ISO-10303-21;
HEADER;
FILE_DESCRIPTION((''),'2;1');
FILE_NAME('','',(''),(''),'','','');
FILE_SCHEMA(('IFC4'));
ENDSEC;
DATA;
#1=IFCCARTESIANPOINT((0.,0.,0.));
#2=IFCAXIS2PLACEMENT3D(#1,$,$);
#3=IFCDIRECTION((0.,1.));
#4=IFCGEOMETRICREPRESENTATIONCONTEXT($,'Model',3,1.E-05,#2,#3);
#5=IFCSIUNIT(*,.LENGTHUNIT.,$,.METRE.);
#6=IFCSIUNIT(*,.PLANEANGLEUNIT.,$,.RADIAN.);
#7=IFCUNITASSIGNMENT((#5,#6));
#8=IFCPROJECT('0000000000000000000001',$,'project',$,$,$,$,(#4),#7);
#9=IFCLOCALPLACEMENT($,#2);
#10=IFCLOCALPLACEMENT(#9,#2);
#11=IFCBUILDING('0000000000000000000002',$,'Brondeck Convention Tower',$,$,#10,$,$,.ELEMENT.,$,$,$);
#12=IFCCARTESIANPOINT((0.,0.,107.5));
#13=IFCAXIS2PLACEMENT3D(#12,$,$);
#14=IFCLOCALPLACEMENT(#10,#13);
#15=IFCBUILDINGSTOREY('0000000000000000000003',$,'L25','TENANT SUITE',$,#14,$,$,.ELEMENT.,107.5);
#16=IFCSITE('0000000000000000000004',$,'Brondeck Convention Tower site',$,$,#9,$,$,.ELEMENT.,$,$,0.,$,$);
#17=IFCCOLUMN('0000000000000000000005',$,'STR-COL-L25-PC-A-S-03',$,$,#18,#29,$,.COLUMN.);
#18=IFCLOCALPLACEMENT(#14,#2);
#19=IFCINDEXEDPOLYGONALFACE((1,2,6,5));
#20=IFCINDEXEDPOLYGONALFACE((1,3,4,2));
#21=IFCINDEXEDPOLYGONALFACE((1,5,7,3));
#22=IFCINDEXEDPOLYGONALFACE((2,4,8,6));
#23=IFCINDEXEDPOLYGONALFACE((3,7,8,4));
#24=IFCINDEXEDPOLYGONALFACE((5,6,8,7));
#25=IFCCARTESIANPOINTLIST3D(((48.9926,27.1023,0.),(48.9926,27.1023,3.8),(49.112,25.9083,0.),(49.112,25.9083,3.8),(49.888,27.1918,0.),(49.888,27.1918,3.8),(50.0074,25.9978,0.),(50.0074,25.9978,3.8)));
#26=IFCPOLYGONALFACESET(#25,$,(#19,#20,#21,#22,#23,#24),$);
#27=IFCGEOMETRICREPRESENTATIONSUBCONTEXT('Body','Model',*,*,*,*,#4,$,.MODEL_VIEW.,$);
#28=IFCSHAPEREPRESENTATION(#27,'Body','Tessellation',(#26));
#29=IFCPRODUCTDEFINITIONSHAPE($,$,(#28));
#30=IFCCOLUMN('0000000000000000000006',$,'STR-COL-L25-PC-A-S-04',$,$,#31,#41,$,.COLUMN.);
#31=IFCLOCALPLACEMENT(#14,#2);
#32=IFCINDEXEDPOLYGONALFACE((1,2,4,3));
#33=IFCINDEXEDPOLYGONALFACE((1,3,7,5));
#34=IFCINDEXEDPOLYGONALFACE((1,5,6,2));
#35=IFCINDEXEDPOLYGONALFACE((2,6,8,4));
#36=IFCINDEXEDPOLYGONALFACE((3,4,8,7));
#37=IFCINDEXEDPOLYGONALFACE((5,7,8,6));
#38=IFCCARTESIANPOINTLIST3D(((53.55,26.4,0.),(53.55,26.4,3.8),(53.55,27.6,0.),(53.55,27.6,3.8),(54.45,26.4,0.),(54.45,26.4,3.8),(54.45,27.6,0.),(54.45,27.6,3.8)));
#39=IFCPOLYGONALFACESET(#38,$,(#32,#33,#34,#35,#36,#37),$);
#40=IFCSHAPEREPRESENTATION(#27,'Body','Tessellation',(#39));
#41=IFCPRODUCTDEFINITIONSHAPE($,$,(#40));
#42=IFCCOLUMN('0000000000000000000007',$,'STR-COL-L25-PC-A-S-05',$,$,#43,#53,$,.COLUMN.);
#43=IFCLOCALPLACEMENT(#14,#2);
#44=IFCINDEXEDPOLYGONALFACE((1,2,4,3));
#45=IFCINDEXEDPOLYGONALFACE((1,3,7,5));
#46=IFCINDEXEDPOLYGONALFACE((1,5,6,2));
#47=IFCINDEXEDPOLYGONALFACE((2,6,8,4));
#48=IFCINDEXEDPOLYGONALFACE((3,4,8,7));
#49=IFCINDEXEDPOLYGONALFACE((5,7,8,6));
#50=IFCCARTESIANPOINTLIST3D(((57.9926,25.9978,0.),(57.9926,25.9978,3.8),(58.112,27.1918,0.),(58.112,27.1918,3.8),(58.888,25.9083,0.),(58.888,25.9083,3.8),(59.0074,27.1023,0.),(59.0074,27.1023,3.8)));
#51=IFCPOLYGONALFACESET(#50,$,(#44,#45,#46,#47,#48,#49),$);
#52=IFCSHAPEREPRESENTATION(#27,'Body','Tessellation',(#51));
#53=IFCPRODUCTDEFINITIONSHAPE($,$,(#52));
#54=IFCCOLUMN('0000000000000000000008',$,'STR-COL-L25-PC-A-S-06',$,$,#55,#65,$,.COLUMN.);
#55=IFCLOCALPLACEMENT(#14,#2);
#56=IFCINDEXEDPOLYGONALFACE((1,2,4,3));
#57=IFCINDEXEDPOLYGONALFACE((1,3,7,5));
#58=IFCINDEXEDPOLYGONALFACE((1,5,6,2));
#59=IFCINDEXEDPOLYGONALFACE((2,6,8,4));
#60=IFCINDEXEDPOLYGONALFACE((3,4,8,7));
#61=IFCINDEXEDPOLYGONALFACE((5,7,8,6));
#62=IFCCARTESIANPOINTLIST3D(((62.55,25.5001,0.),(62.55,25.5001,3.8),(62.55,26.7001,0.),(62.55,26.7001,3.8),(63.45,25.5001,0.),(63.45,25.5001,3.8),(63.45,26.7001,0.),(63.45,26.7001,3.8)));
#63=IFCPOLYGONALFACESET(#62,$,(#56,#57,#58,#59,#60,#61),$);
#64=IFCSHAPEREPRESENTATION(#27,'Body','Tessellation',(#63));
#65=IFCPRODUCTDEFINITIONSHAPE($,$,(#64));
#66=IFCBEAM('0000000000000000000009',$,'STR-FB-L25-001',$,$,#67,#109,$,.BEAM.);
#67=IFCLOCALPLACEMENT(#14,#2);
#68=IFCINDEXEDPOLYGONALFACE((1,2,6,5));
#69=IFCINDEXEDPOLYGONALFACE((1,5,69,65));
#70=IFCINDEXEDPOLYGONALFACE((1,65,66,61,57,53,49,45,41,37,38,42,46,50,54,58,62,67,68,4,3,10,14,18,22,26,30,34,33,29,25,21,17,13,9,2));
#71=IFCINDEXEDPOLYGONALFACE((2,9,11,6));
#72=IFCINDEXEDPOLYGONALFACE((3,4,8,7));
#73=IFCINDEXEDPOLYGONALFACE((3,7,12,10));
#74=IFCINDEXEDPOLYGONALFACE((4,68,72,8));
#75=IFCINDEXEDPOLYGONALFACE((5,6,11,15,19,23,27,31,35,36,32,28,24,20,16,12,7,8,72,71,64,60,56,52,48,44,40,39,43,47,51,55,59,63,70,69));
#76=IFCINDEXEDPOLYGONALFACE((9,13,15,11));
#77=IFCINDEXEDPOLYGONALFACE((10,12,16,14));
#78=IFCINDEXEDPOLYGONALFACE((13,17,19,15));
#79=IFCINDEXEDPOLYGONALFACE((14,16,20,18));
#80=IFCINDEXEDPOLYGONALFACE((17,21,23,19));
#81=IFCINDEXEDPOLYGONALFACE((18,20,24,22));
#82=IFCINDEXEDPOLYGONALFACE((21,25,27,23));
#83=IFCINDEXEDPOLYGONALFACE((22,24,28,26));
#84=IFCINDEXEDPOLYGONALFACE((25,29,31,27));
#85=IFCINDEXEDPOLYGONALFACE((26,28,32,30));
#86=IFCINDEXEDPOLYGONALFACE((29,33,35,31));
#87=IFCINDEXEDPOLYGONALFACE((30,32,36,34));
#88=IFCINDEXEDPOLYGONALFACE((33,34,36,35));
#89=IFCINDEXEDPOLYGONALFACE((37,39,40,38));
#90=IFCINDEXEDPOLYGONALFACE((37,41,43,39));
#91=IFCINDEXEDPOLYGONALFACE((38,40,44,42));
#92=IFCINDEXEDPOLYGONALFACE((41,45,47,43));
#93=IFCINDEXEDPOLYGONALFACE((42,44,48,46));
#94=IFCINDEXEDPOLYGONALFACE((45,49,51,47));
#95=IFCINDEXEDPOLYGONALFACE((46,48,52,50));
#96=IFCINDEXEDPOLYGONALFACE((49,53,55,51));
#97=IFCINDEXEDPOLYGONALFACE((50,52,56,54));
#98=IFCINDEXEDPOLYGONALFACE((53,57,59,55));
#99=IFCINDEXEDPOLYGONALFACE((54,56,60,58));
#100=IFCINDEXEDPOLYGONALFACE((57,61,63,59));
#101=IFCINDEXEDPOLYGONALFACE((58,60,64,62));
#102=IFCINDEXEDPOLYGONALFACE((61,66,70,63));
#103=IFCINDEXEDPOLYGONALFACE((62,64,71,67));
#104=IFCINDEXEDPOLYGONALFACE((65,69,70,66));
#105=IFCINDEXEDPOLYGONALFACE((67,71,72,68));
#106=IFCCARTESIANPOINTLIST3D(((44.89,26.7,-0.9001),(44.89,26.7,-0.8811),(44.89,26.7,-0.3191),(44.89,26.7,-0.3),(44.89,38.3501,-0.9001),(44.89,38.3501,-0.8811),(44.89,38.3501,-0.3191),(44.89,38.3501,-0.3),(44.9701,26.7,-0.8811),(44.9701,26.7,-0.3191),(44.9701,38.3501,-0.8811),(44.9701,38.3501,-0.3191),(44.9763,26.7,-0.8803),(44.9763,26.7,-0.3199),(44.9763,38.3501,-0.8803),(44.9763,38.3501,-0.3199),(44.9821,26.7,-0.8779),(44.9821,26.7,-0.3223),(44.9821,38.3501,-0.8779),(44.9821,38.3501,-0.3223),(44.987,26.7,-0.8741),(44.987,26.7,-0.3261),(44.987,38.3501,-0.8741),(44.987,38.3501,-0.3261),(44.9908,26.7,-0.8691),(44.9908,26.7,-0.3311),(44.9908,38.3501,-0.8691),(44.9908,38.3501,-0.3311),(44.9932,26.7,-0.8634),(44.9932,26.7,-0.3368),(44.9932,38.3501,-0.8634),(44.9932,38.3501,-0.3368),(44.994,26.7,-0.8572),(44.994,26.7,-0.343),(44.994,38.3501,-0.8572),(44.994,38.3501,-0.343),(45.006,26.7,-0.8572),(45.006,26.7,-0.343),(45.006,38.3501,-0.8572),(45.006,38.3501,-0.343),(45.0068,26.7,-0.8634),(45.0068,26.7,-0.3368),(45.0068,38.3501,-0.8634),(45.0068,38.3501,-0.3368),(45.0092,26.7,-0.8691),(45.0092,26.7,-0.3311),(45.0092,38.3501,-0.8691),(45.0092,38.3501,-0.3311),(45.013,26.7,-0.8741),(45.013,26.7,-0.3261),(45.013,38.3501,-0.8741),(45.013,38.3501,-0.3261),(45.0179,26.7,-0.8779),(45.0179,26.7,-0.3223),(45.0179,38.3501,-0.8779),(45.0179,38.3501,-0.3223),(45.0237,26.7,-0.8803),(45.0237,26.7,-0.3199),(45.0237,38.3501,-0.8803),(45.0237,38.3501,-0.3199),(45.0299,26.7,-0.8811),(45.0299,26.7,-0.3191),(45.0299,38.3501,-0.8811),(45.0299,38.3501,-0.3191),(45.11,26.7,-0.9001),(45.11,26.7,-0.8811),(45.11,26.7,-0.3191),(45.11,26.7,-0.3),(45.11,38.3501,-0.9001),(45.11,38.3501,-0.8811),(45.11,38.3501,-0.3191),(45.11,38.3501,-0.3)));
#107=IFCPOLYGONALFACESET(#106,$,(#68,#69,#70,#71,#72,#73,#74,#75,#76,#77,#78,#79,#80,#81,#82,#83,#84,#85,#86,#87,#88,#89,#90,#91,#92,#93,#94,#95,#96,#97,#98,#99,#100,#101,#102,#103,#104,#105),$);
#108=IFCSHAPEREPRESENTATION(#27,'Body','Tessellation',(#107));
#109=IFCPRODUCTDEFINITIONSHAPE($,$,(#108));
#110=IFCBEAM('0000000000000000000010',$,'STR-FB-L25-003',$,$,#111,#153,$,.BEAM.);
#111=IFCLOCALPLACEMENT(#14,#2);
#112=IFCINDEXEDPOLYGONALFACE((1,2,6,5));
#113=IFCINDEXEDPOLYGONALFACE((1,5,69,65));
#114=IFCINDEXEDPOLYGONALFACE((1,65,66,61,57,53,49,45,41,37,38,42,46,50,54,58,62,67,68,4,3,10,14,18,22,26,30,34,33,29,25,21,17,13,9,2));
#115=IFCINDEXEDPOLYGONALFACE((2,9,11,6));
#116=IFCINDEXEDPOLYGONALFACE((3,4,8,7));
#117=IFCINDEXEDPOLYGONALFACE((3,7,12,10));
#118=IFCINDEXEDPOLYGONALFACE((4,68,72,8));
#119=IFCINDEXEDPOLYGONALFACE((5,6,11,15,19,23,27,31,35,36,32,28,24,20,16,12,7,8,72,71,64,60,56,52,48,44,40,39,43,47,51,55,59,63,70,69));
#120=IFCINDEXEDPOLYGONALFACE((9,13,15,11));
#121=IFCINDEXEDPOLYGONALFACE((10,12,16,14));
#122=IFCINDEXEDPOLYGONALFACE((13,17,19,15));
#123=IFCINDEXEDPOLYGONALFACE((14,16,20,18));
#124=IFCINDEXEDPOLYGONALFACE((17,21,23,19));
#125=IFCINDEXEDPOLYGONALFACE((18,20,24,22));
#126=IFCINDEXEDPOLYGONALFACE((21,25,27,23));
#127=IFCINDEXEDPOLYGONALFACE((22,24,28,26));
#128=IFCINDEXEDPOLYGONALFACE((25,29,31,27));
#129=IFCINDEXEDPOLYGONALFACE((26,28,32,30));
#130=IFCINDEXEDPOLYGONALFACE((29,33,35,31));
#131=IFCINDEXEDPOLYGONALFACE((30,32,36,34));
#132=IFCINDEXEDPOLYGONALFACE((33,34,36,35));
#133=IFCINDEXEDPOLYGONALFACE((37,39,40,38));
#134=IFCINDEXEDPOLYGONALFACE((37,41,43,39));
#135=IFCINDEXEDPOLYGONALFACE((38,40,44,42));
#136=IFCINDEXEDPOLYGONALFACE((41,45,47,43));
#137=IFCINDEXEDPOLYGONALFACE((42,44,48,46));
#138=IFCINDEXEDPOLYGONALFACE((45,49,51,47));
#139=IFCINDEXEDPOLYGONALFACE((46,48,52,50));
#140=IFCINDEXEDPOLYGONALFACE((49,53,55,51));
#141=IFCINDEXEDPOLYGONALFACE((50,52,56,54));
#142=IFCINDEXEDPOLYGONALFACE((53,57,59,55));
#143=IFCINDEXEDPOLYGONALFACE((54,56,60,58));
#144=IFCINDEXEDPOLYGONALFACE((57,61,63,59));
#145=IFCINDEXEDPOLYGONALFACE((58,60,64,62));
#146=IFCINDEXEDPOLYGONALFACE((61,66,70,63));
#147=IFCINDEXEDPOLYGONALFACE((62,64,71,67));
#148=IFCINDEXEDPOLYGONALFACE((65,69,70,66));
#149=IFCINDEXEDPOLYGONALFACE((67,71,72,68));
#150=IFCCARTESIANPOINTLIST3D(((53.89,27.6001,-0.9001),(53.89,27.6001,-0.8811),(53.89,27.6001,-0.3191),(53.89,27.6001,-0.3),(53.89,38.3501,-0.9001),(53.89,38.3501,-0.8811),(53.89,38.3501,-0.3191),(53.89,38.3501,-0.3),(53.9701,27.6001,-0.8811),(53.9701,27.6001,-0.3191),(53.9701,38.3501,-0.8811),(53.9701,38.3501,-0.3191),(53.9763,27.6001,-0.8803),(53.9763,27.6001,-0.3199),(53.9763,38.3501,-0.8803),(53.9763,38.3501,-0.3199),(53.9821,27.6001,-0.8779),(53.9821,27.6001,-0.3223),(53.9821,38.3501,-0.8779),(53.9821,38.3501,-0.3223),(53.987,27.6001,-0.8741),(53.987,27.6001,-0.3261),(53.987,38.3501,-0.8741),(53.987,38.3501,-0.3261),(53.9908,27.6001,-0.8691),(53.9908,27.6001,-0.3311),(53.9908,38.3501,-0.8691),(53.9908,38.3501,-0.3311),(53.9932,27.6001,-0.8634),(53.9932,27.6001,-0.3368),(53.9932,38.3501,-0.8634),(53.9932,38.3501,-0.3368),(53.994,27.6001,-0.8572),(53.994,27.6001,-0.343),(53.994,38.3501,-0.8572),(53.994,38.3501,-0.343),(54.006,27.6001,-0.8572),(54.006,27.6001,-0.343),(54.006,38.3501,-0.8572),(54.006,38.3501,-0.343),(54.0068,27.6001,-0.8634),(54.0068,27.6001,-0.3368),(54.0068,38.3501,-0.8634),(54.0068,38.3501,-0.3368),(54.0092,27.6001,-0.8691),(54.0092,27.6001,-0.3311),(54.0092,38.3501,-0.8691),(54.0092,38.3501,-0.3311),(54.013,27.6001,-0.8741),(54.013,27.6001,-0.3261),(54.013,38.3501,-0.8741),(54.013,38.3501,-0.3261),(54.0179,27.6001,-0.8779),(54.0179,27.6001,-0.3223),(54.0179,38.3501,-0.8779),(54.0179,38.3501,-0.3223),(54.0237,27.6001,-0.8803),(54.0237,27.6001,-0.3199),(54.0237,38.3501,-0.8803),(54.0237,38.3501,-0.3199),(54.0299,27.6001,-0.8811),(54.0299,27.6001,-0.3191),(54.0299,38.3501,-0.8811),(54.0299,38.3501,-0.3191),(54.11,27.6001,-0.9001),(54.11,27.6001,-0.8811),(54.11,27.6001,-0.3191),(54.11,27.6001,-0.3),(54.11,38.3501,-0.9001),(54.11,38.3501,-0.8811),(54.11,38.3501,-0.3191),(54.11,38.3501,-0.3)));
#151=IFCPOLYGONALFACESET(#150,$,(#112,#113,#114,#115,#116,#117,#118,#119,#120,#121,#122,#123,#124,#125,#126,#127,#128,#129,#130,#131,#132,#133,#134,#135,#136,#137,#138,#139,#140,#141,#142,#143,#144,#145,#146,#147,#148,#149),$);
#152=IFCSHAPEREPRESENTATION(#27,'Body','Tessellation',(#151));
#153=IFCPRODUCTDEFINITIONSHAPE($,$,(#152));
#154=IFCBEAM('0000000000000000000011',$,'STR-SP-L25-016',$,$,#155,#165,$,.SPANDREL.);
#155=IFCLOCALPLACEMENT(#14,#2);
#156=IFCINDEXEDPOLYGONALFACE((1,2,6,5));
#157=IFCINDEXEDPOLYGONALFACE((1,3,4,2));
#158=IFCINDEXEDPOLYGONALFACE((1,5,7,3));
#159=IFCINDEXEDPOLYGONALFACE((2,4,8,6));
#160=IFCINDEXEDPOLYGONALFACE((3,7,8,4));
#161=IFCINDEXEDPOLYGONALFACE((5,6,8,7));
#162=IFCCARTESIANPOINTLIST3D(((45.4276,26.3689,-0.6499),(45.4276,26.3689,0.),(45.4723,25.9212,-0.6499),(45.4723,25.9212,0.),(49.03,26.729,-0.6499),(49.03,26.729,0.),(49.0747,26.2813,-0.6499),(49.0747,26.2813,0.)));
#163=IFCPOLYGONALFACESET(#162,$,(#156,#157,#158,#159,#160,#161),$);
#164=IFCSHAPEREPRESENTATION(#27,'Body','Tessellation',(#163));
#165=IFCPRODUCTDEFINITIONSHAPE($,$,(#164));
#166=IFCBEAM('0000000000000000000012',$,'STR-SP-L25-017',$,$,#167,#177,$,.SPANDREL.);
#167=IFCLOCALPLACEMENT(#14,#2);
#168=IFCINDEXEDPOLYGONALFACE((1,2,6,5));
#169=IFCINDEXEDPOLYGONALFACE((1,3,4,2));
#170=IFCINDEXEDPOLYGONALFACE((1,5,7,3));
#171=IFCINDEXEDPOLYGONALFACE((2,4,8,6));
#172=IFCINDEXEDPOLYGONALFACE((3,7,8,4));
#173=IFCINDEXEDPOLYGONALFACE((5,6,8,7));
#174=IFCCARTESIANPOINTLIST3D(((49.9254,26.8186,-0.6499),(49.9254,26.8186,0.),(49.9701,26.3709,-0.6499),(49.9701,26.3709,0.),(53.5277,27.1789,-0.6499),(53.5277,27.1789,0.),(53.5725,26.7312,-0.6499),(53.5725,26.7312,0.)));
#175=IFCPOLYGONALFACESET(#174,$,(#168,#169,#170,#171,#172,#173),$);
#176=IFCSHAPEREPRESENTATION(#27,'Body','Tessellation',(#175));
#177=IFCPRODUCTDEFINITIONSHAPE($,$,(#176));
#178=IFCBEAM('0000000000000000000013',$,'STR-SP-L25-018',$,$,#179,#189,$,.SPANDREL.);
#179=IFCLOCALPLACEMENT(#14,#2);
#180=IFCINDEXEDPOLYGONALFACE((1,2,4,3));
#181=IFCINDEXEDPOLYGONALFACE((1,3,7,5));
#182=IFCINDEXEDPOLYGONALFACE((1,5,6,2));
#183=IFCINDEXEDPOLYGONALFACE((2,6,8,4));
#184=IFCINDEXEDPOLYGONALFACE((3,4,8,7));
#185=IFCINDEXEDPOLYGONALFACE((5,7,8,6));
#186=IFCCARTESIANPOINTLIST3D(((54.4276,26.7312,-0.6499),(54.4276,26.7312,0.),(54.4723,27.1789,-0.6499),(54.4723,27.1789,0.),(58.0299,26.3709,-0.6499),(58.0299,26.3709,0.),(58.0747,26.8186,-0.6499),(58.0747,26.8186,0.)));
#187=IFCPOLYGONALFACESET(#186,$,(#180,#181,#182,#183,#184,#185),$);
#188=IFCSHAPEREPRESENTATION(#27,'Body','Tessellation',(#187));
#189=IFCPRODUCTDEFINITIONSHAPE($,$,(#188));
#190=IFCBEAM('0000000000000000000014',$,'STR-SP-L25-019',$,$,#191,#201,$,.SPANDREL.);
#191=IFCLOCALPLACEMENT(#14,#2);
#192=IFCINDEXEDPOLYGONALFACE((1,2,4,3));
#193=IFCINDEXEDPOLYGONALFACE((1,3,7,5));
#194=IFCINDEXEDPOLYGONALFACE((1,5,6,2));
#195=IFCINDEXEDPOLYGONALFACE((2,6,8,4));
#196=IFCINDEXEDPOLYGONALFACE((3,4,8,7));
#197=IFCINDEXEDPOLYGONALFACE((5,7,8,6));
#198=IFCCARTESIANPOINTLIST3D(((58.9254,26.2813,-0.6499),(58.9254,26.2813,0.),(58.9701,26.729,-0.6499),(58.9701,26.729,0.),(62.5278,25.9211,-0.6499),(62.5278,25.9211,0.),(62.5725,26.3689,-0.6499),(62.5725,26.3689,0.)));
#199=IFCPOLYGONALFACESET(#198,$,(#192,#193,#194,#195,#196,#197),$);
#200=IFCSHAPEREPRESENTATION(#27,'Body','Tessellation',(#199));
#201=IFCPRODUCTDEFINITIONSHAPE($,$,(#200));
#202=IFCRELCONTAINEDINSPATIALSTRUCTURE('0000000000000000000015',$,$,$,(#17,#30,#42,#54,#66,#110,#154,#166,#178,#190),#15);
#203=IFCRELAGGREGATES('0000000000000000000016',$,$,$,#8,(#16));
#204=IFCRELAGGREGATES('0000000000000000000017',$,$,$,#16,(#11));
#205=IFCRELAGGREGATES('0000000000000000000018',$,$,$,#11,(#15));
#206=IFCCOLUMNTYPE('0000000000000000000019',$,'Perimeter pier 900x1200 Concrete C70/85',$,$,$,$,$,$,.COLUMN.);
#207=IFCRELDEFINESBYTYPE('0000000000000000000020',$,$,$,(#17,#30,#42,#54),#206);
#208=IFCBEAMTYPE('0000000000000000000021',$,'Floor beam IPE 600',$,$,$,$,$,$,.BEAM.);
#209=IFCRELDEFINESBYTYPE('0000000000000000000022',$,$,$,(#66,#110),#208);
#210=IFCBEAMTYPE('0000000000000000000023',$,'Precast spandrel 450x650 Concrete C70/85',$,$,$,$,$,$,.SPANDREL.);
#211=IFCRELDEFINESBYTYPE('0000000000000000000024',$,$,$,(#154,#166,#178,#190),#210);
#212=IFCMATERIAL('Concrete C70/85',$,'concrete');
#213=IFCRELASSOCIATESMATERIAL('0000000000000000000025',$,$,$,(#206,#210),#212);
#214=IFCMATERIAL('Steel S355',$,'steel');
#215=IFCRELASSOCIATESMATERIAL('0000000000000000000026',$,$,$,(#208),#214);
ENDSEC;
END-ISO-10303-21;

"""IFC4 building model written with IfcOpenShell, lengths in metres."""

from ifc_helpers import new_model, si_unit, direction, frame, origin, origin_2d, place, context, subcontext, project, spatial, rectangle, i_section, extrude, material, material_profile, profile_set, type_object, element, save


model = new_model("IFC4")

# Units and contexts
model_context = context("Model", 3, precision=1e-05, world=origin(), true_north=direction((0.0, 1.0)))
body_context = subcontext(model_context, "Body", "Model", "MODEL_VIEW")
ifc_project = project(units=[si_unit("LENGTHUNIT", "METRE"), si_unit("PLANEANGLEUNIT", "RADIAN")], contexts=[model_context])

# Site, building, storey
site_placement = place(None, origin())
site = spatial("IfcSite", under=ifc_project, at=site_placement, Name="Brondeck Convention Tower site", CompositionType="ELEMENT", RefElevation=0.0)
building_placement = place(site_placement, origin())
building = spatial("IfcBuilding", under=site, at=building_placement, Name="Brondeck Convention Tower", CompositionType="ELEMENT")
storey_placement = place(building_placement, frame((0.0, 0.0, 107.5)))
storey = spatial("IfcBuildingStorey", under=building, at=storey_placement, Name="L25", Description="TENANT SUITE", CompositionType="ELEMENT", Elevation=107.5)

# Columns
ifc_material_1 = material(Name="Concrete C70/85", Category="concrete")
ifc_material_profile_1 = material_profile(ifc_material_1, rectangle(XDim=0.8999, YDim=1.2, at=origin_2d()), Name="Perimeter pier 900x1200 Concrete C70/85")
ifc_profile_set_1 = profile_set([ifc_material_profile_1], Name="Concrete C70/85")
column_type = type_object("IfcColumnType", Name="Perimeter pier 900x1200 Concrete C70/85", PredefinedType="COLUMN", material=ifc_profile_set_1)
for number, where, z_axis, x_axis, name in (
    (1, (49.5, 26.55, 0.0), (0.0, 0.0, 1.0), (0.995037, 0.099504, 0.0), "STR-COL-L25-PC-A-S-03"),
    (2, (54.0, 27.0, 0.0), (0.0, 0.0, 1.0), (1.0, 0.0, 0.0), "STR-COL-L25-PC-A-S-04"),
    (3, (58.5, 26.55, 0.0), (0.0, 0.0, 1.0), (0.995037, -0.099504, 0.0), "STR-COL-L25-PC-A-S-05"),
    (4, (63.0, 26.1001, 0.0), (0.0, 0.0, 1.0), (1.0, 0.0, 0.0), "STR-COL-L25-PC-A-S-06"),
):
    element("IfcColumn", number, at=place(storey_placement, frame(where, z_axis=z_axis, x_axis=x_axis)), inside=storey, type_object=column_type, Name=name, PredefinedType="COLUMN", context=body_context, shape_type="SweptSolid", body=[
        extrude(rectangle(XDim=0.8999, YDim=1.2, at=origin_2d()), origin(), (0.0, 0.0, 1.0), 3.8),
    ])

# Beams
ifc_material_2 = material(Name="Steel S355", Category="steel")
ifc_material_profile_2 = material_profile(ifc_material_2, i_section(OverallWidth=0.22, OverallDepth=0.6001, WebThickness=0.012, FlangeThickness=0.019, FilletRadius=0.0239, at=origin_2d()), Name="IPE 600")
ifc_profile_set_2 = profile_set([ifc_material_profile_2], Name="Steel S355")
beam_type_1 = type_object("IfcBeamType", Name="Floor beam IPE 600", PredefinedType="BEAM", material=ifc_profile_set_2)
beam_1_placement = place(storey_placement, frame((45.0, 26.7, -0.6001), z_axis=(0.0, 1.0, 0.0), x_axis=(-1.0, 0.0, 0.0)))
element("IfcBeam", 5, at=beam_1_placement, inside=storey, type_object=beam_type_1, Name="STR-FB-L25-001", PredefinedType="BEAM", context=body_context, shape_type="SweptSolid", body=[
    extrude(i_section(OverallWidth=0.22, OverallDepth=0.6001, WebThickness=0.012, FlangeThickness=0.019, FilletRadius=0.0239, at=origin_2d()), origin(), (0.0, 0.0, 1.0), 11.6501),
])
beam_2_placement = place(storey_placement, frame((54.0, 27.6001, -0.6001), z_axis=(0.0, 1.0, 0.0), x_axis=(-1.0, 0.0, 0.0)))
element("IfcBeam", 6, at=beam_2_placement, inside=storey, type_object=beam_type_1, Name="STR-FB-L25-003", PredefinedType="BEAM", context=body_context, shape_type="SweptSolid", body=[
    extrude(i_section(OverallWidth=0.22, OverallDepth=0.6001, WebThickness=0.012, FlangeThickness=0.019, FilletRadius=0.0239, at=origin_2d()), origin(), (0.0, 0.0, 1.0), 10.75),
])
ifc_material_profile_3 = material_profile(ifc_material_1, rectangle(XDim=0.45, YDim=0.6499, at=origin_2d()), Name="Precast spandrel 450x650 Concrete C70/85")
ifc_profile_set_3 = profile_set([ifc_material_profile_3], Name="Concrete C70/85")
beam_type_2 = type_object("IfcBeamType", Name="Precast spandrel 450x650 Concrete C70/85", PredefinedType="SPANDREL", material=ifc_profile_set_3)
for number, where, z_axis, x_axis, name in (
    (7, (45.45, 26.145, -0.325), (0.995041, 0.09947, 0.0), (-0.09947, 0.995041, 0.0), "STR-SP-L25-016"),
    (8, (49.9478, 26.5947, -0.325), (0.995034, 0.099537, 0.0), (-0.099537, 0.995034, 0.0), "STR-SP-L25-017"),
    (9, (54.45, 26.9551, -0.325), (0.995034, -0.099537, 0.0), (0.099537, 0.995034, 0.0), "STR-SP-L25-018"),
    (10, (58.9478, 26.5051, -0.325), (0.995041, -0.09947, 0.0), (0.09947, 0.995041, 0.0), "STR-SP-L25-019"),
):
    element("IfcBeam", number, at=place(storey_placement, frame(where, z_axis=z_axis, x_axis=x_axis)), inside=storey, type_object=beam_type_2, Name=name, PredefinedType="SPANDREL", context=body_context, shape_type="SweptSolid", body=[
        extrude(rectangle(XDim=0.45, YDim=0.6499, at=origin_2d()), origin(), (0.0, 0.0, 1.0), 3.6204),
    ])

save(model, "model.ifc")
